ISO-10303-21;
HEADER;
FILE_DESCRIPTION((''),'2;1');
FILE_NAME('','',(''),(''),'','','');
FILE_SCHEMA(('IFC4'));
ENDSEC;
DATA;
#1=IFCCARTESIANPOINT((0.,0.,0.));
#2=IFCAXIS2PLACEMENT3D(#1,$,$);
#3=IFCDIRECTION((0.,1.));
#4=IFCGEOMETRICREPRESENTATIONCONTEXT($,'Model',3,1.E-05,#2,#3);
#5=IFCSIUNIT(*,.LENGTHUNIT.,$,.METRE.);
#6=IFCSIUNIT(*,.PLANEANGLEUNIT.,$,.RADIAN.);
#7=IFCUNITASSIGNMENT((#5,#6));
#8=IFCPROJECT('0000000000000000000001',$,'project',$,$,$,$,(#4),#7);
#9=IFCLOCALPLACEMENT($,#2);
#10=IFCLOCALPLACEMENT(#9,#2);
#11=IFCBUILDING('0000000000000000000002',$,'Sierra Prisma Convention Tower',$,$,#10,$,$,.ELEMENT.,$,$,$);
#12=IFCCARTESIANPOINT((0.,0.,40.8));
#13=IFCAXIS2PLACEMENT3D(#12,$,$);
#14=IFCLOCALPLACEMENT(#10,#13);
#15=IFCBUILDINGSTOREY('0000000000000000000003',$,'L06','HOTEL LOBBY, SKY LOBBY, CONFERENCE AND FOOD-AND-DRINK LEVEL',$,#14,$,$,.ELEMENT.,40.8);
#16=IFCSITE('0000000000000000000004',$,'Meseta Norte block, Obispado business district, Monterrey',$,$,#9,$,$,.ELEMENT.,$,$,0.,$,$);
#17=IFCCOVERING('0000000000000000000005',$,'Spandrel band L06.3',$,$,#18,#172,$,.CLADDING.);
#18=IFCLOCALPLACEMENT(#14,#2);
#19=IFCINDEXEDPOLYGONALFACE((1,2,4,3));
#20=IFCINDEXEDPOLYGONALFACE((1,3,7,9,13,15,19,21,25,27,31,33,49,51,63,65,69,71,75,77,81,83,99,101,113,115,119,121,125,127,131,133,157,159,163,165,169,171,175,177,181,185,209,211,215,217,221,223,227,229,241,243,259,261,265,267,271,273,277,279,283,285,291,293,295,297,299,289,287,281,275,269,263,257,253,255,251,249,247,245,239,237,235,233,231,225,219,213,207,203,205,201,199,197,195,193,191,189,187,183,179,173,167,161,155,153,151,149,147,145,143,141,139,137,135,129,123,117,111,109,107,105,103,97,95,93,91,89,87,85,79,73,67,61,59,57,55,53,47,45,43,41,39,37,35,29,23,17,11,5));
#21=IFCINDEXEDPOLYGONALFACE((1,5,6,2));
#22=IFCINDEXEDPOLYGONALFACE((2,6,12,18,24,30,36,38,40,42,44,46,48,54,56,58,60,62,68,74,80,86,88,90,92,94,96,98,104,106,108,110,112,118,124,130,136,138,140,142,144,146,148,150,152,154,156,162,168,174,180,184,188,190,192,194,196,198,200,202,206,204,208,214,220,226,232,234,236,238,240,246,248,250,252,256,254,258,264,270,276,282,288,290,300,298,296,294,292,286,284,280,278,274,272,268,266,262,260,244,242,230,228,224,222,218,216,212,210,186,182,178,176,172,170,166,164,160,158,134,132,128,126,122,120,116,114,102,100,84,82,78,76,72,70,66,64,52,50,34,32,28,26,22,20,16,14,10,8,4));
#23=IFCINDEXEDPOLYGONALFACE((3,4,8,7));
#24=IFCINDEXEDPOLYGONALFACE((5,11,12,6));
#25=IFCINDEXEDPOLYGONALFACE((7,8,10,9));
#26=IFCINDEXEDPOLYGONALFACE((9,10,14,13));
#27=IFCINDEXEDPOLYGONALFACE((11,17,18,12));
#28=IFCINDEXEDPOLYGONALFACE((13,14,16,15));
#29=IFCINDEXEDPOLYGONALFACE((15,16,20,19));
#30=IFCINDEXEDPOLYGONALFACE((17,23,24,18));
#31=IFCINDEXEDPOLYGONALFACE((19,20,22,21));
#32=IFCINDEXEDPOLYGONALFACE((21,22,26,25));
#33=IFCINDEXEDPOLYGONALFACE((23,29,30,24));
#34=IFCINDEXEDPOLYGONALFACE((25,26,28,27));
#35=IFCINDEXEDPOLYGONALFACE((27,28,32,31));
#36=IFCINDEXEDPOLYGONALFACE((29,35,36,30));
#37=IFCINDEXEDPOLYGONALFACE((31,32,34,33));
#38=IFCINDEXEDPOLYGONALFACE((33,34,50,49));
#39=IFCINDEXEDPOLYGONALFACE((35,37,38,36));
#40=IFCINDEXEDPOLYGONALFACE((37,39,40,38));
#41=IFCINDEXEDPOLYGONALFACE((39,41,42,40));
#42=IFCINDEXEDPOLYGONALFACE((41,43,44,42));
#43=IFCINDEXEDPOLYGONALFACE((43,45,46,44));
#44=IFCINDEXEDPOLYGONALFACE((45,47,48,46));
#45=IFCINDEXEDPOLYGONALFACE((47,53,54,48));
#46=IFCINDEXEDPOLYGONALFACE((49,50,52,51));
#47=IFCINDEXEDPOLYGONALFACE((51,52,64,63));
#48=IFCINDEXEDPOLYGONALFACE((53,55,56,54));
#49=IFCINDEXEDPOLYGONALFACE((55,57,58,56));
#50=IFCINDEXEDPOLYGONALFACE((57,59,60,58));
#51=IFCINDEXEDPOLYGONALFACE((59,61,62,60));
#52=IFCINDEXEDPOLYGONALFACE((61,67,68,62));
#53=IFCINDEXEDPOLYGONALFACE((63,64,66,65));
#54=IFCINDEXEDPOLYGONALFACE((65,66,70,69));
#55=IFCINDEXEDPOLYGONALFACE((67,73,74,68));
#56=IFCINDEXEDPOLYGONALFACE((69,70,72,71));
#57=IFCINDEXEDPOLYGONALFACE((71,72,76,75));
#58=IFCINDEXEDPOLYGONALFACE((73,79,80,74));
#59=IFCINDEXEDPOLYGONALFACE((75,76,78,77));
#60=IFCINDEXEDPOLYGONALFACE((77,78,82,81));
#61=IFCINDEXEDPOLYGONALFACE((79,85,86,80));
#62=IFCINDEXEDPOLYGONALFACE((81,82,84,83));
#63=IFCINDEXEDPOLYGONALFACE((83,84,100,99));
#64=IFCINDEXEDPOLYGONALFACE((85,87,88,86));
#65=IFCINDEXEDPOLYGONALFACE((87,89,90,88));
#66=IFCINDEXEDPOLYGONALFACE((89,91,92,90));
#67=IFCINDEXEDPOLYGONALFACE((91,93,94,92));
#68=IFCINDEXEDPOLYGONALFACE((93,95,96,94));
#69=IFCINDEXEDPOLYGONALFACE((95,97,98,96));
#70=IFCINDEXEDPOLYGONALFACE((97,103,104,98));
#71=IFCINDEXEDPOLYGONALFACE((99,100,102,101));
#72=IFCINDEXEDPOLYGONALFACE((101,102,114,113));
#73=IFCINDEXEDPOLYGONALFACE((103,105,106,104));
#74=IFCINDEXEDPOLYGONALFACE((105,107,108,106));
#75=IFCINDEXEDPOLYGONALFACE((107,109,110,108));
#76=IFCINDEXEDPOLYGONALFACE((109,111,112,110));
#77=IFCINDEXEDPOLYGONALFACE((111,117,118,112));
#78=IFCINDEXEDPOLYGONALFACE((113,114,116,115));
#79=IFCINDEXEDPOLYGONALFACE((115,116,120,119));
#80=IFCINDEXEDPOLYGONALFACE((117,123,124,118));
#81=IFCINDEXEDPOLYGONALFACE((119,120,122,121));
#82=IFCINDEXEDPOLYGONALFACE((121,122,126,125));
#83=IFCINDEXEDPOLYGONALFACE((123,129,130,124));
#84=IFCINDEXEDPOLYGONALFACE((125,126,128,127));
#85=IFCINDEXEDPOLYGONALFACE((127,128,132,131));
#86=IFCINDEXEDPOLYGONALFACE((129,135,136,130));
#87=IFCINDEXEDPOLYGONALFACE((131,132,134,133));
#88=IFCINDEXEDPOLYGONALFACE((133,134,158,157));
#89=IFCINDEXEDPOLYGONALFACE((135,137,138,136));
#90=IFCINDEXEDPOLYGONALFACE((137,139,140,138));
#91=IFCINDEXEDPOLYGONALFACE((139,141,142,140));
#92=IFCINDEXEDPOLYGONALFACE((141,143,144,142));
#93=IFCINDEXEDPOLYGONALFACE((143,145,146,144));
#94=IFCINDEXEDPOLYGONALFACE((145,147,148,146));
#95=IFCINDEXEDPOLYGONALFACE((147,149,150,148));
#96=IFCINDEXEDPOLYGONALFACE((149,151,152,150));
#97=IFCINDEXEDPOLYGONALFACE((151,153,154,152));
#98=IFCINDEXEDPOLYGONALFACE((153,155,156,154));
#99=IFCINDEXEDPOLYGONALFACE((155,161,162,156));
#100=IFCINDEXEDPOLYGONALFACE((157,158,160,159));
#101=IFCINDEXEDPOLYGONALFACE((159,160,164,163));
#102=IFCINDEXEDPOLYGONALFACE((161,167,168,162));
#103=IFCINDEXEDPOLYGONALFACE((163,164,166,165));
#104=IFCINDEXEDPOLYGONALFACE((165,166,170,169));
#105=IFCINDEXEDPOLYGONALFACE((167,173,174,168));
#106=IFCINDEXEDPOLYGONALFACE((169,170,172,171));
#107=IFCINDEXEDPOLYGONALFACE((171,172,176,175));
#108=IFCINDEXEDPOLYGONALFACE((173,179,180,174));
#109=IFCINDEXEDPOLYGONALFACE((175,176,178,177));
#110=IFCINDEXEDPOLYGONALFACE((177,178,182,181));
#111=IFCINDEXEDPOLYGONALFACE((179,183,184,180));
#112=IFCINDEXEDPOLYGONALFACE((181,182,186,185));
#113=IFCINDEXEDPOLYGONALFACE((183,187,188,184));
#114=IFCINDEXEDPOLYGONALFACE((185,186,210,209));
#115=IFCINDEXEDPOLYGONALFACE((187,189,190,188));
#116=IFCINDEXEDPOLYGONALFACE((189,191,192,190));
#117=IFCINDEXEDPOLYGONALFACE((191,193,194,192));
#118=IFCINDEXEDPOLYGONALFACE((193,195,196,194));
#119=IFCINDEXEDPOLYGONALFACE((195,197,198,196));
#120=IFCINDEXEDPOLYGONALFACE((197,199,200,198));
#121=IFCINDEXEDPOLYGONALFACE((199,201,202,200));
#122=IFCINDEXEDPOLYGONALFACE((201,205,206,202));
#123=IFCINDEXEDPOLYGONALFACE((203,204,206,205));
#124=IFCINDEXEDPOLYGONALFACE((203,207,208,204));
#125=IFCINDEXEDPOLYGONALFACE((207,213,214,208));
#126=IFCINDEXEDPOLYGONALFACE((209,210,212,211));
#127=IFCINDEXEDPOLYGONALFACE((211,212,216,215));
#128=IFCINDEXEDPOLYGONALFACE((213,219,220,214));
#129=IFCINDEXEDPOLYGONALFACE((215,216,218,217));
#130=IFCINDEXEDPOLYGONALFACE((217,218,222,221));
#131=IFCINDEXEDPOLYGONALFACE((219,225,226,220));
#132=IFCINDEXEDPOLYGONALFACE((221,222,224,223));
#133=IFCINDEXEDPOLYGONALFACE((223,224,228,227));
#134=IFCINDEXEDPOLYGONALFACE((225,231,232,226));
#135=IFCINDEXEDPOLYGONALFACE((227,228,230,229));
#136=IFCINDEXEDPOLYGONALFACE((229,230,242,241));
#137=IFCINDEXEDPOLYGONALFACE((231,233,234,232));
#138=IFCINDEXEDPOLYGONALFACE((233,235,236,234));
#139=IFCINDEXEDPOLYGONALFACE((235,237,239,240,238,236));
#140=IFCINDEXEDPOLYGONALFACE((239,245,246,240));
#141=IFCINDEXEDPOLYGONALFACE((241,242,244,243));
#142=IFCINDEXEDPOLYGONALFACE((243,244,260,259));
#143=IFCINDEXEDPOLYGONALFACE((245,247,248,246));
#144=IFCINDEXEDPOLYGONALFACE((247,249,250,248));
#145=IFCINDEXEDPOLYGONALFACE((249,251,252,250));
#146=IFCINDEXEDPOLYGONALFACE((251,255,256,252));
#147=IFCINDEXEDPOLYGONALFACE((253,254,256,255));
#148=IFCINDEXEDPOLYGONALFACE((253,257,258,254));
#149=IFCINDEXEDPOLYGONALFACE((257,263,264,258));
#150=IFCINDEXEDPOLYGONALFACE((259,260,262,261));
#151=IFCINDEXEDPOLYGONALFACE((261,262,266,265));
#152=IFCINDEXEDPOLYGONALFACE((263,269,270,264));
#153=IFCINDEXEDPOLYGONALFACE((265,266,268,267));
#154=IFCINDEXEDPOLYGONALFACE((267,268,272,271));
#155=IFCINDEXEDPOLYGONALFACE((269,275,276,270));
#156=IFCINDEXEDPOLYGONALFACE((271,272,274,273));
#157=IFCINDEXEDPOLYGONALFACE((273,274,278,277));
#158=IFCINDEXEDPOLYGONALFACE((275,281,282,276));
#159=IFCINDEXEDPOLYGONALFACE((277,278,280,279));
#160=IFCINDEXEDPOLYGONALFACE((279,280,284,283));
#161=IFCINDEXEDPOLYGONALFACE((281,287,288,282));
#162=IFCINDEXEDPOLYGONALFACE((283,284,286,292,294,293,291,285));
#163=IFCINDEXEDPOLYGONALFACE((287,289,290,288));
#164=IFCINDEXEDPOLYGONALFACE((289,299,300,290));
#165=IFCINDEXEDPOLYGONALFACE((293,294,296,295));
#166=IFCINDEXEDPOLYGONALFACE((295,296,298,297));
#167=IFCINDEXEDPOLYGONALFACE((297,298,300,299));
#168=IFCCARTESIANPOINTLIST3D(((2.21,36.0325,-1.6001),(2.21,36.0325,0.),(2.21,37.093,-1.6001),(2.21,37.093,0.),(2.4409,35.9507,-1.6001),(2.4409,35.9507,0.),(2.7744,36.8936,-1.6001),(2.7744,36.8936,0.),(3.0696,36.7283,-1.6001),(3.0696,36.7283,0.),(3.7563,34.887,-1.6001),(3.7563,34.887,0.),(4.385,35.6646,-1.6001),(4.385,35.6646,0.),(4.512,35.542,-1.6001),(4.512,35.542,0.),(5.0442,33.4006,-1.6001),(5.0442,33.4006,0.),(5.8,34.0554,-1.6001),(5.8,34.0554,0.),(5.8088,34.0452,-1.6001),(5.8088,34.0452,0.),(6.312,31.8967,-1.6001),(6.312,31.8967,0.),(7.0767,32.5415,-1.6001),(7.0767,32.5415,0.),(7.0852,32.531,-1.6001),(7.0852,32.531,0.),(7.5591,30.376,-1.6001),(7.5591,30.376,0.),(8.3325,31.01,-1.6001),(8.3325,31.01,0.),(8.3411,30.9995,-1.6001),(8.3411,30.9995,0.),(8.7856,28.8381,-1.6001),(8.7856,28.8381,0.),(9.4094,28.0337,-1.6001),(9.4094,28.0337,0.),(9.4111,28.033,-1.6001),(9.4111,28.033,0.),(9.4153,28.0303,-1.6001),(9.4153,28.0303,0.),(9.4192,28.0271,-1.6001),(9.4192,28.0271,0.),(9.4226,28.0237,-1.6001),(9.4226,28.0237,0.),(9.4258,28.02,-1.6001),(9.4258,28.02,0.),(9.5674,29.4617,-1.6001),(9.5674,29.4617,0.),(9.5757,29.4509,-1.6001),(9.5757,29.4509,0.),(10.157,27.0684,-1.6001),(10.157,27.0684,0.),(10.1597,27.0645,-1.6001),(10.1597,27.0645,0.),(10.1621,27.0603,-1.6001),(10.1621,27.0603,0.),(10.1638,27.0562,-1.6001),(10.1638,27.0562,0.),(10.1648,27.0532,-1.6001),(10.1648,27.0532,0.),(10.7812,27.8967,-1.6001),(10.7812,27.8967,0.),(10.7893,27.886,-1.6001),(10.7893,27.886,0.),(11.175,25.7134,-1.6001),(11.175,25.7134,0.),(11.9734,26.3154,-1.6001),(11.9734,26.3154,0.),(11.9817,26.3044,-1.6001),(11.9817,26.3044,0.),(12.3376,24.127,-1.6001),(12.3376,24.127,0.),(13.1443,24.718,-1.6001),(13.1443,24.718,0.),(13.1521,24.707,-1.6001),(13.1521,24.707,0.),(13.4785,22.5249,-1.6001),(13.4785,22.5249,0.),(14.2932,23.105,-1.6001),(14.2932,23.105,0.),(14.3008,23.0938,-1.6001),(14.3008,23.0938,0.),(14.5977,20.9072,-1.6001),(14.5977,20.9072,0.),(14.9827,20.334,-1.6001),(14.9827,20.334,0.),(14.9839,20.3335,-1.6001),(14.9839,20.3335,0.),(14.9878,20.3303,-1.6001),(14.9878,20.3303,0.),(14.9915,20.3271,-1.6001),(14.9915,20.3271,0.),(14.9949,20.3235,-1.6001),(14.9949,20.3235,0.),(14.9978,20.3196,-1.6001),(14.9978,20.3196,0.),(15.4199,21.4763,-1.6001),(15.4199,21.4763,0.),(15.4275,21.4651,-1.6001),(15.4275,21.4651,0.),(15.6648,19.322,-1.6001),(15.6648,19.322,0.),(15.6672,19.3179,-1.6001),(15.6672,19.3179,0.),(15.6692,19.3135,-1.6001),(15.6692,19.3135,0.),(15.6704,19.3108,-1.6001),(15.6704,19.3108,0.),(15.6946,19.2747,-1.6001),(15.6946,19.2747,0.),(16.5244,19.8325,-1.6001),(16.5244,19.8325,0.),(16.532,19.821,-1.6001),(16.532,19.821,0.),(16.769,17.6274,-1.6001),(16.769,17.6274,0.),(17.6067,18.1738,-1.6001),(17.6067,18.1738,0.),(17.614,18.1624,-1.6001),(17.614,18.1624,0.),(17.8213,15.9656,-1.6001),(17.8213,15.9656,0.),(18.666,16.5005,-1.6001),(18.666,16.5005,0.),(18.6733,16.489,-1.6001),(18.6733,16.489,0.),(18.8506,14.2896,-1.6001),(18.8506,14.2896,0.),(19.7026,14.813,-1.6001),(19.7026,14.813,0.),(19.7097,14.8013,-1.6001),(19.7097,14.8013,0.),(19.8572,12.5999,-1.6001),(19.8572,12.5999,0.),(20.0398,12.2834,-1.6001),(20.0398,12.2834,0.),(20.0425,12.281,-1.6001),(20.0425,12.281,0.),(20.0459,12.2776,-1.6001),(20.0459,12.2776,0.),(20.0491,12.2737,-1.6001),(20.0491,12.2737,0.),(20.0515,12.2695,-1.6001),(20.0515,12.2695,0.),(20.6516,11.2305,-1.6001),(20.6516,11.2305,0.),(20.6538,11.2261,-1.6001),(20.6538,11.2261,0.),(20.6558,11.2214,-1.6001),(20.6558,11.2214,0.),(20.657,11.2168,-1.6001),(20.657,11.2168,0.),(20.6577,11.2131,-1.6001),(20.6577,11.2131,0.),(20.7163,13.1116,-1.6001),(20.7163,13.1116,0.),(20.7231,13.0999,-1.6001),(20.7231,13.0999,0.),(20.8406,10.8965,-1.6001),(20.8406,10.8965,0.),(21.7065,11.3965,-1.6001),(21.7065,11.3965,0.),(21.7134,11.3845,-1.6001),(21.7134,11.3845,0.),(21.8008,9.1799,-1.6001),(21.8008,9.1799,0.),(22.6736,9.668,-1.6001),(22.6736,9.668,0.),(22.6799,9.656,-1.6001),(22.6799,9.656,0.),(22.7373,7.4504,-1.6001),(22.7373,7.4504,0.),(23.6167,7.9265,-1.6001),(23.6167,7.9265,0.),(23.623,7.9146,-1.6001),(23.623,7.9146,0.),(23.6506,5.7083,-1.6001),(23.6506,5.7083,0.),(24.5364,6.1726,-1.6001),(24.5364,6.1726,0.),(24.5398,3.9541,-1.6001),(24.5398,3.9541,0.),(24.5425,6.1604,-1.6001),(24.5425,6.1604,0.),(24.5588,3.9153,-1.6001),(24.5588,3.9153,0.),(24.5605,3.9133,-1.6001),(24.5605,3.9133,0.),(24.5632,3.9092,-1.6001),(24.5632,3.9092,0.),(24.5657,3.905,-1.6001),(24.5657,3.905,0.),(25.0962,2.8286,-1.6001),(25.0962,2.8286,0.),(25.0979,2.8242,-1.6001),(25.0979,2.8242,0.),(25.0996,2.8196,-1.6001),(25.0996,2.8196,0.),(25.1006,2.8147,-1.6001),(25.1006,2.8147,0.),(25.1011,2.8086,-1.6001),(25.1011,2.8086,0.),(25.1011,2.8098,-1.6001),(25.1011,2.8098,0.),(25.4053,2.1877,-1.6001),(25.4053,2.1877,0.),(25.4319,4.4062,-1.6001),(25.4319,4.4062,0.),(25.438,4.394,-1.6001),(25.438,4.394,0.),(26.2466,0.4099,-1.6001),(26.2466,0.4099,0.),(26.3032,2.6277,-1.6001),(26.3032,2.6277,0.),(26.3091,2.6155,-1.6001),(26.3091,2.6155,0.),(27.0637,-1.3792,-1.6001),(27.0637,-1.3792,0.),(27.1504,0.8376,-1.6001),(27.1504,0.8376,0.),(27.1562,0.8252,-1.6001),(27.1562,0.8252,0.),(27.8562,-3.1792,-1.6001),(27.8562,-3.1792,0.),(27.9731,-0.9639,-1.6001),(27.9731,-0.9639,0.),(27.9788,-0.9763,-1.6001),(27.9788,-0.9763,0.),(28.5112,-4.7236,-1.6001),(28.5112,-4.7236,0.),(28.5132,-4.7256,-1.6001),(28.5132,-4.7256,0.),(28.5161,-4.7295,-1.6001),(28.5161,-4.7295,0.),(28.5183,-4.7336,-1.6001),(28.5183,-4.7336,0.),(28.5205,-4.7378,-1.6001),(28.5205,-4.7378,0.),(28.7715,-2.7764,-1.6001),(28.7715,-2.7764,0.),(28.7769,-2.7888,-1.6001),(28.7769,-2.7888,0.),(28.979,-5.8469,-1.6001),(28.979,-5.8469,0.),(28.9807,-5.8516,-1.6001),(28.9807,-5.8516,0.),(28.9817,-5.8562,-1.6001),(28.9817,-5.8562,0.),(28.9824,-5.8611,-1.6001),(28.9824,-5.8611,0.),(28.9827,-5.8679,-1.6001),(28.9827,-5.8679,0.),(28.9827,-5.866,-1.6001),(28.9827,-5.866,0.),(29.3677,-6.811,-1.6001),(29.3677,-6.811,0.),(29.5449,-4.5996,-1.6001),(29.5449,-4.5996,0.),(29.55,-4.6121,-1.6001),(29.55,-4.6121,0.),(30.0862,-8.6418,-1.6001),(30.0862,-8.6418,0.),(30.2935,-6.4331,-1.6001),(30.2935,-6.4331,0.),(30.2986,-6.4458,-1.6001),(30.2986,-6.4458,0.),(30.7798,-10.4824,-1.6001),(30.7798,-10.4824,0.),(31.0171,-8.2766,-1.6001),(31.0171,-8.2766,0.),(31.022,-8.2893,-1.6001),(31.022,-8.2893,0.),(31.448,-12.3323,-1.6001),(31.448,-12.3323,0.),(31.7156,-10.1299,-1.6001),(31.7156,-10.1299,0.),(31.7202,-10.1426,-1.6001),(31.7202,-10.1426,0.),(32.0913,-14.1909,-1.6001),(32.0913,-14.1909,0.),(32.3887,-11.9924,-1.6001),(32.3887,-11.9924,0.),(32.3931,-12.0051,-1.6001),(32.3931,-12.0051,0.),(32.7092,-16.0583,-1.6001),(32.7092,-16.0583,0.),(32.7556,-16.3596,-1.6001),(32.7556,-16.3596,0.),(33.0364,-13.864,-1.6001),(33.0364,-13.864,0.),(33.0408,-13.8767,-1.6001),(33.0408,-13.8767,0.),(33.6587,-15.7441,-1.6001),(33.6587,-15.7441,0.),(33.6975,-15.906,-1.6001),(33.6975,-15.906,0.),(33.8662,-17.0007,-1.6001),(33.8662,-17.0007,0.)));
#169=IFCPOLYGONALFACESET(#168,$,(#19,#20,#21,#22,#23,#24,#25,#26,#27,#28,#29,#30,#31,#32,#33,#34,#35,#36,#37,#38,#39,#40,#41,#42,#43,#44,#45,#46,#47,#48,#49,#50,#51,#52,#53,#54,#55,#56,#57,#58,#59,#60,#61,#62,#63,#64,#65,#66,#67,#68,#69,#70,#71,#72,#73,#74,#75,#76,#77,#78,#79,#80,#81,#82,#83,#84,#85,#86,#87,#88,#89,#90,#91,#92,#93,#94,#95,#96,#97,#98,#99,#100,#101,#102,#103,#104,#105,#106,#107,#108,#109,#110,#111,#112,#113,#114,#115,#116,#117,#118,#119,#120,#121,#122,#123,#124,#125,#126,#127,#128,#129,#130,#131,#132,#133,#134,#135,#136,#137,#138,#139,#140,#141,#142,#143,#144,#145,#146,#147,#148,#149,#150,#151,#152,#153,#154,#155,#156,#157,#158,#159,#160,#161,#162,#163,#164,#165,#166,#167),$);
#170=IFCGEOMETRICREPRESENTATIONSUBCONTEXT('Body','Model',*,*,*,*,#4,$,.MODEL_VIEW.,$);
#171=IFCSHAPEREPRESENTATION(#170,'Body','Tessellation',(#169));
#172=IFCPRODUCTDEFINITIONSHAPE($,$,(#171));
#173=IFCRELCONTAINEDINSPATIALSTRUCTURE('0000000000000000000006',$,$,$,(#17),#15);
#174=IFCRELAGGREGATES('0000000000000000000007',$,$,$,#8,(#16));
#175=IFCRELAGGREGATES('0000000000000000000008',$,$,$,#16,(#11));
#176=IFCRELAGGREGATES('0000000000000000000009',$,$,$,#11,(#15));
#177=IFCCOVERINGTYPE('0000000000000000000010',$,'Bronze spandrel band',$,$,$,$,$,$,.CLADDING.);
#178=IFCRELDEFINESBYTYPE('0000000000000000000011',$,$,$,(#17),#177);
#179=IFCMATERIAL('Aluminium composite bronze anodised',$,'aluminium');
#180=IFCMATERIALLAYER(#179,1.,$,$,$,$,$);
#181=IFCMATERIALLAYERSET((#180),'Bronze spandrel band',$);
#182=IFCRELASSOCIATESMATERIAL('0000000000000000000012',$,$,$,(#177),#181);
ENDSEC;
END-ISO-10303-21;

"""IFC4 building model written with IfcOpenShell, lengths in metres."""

from ifc_helpers import new_model, si_unit, direction, frame, origin, place, context, subcontext, project, spatial, polyline, outline, extrude, material, layer, layer_set, type_object, element, save


model = new_model("IFC4")

# Units and contexts
model_context = context("Model", 3, precision=1e-05, world=origin(), true_north=direction((0.0, 1.0)))
body_context = subcontext(model_context, "Body", "Model", "MODEL_VIEW")
ifc_project = project(units=[si_unit("LENGTHUNIT", "METRE"), si_unit("PLANEANGLEUNIT", "RADIAN")], contexts=[model_context])

# Site, building, storey
site_placement = place(None, origin())
site = spatial("IfcSite", under=ifc_project, at=site_placement, Name="Meseta Norte block, Obispado business district, Monterrey", CompositionType="ELEMENT", RefElevation=0.0)
building_placement = place(site_placement, origin())
building = spatial("IfcBuilding", under=site, at=building_placement, Name="Sierra Prisma Convention Tower", CompositionType="ELEMENT")
storey_placement = place(building_placement, frame((0.0, 0.0, 40.8)))
storey = spatial("IfcBuildingStorey", under=building, at=storey_placement, Name="L06", Description="HOTEL LOBBY, SKY LOBBY, CONFERENCE AND FOOD-AND-DRINK LEVEL", CompositionType="ELEMENT", Elevation=40.8)

# Covering
ifc_material_1 = material(Name="Aluminium composite bronze anodised", Category="aluminium")
ifc_layer_1 = layer(ifc_material_1, 1.0)
ifc_layer_set_1 = layer_set([ifc_layer_1], Name="Bronze spandrel band")
covering_type_1 = type_object("IfcCoveringType", Name="Bronze spandrel band", PredefinedType="CLADDING", material=ifc_layer_set_1)
covering_1_placement = place(storey_placement, frame((0.0, 0.0, -1.6001)))
element("IfcCovering", 1, at=covering_1_placement, inside=storey, type_object=covering_type_1, Name="Spandrel band L06.3", PredefinedType="CLADDING", context=body_context, shape_type="SweptSolid", body=[
    extrude(outline(polyline([(13.1443, 24.718), (13.1521, 24.707), (14.2932, 23.105), (14.3008, 23.0938), (15.4199, 21.4763), (15.4275, 21.4651), (16.5244, 19.8325), (16.532, 19.821), (17.6067, 18.1738), (17.614, 18.1624), (18.666, 16.5005), (18.6733, 16.489), (19.7026, 14.813), (19.7097, 14.8013), (20.7163, 13.1116), (20.7231, 13.0999), (21.7065, 11.3965), (21.7134, 11.3845), (22.6736, 9.668), (22.6799, 9.656), (23.6167, 7.9265), (23.623, 7.9146), (24.5364, 6.1726), (24.5425, 6.1604), (25.4319, 4.4062), (25.438, 4.394), (26.3032, 2.6277), (26.3091, 2.6155), (27.1504, 0.8376), (27.1562, 0.8252), (27.9731, -0.9639), (27.9788, -0.9763), (28.7715, -2.7764), (28.7769, -2.7888), (29.5449, -4.5996), (29.55, -4.6121), (30.2935, -6.4331), (30.2986, -6.4458), (31.0171, -8.2766), (31.022, -8.2893), (31.7156, -10.1299), (31.7202, -10.1426), (32.3887, -11.9924), (32.3931, -12.0051), (33.0364, -13.864), (33.0408, -13.8767), (33.6587, -15.7441), (33.6975, -15.906), (33.8662, -17.0007), (32.7556, -16.3596), (32.7092, -16.0583), (32.0913, -14.1909), (31.448, -12.3323), (30.7798, -10.4824), (30.0862, -8.6418), (29.3677, -6.811), (28.9827, -5.8679), (28.9827, -5.866), (28.9824, -5.8611), (28.9817, -5.8562), (28.9807, -5.8516), (28.979, -5.8469), (28.5205, -4.7378), (28.5183, -4.7336), (28.5161, -4.7295), (28.5132, -4.7256), (28.5112, -4.7236), (27.8562, -3.1792), (27.0637, -1.3792), (26.2466, 0.4099), (25.4053, 2.1877), (25.1011, 2.8086), (25.1011, 2.8098), (25.1006, 2.8147), (25.0996, 2.8196), (25.0979, 2.8242), (25.0962, 2.8286), (24.5657, 3.905), (24.5632, 3.9092), (24.5605, 3.9133), (24.5588, 3.9153), (24.5398, 3.9541), (23.6506, 5.7083), (22.7373, 7.4504), (21.8008, 9.1799), (20.8406, 10.8965), (20.6577, 11.2131), (20.657, 11.2168), (20.6558, 11.2214), (20.6538, 11.2261), (20.6516, 11.2305), (20.0515, 12.2695), (20.0491, 12.2737), (20.0459, 12.2776), (20.0425, 12.281), (20.0398, 12.2834), (19.8572, 12.5999), (18.8506, 14.2896), (17.8213, 15.9656), (16.769, 17.6274), (15.6946, 19.2747), (15.6704, 19.3108), (15.6692, 19.3135), (15.6672, 19.3179), (15.6648, 19.322), (14.9978, 20.3196), (14.9949, 20.3235), (14.9915, 20.3271), (14.9878, 20.3303), (14.9839, 20.3335), (14.9827, 20.334), (14.5977, 20.9072), (13.4785, 22.5249), (12.3376, 24.127), (11.175, 25.7134), (10.1648, 27.0532), (10.1638, 27.0562), (10.1621, 27.0603), (10.1597, 27.0645), (10.157, 27.0684), (9.4258, 28.02), (9.4226, 28.0237), (9.4192, 28.0271), (9.4153, 28.0303), (9.4111, 28.033), (9.4094, 28.0337), (8.7856, 28.8381), (7.5591, 30.376), (6.312, 31.8967), (5.0442, 33.4006), (3.7563, 34.887), (2.4409, 35.9507), (2.21, 36.0325), (2.21, 37.093), (2.7744, 36.8936), (3.0696, 36.7283), (4.385, 35.6646), (4.512, 35.542), (5.8, 34.0554), (5.8088, 34.0452), (7.0767, 32.5415), (7.0852, 32.531), (8.3325, 31.01), (8.3411, 30.9995), (9.5674, 29.4617), (9.5757, 29.4509), (10.7812, 27.8967), (10.7893, 27.886), (11.9734, 26.3154), (11.9817, 26.3044), (13.1443, 24.718)])), origin(), (0.0, 0.0, 1.0), 1.6001),
])

save(model, "model.ifc")
